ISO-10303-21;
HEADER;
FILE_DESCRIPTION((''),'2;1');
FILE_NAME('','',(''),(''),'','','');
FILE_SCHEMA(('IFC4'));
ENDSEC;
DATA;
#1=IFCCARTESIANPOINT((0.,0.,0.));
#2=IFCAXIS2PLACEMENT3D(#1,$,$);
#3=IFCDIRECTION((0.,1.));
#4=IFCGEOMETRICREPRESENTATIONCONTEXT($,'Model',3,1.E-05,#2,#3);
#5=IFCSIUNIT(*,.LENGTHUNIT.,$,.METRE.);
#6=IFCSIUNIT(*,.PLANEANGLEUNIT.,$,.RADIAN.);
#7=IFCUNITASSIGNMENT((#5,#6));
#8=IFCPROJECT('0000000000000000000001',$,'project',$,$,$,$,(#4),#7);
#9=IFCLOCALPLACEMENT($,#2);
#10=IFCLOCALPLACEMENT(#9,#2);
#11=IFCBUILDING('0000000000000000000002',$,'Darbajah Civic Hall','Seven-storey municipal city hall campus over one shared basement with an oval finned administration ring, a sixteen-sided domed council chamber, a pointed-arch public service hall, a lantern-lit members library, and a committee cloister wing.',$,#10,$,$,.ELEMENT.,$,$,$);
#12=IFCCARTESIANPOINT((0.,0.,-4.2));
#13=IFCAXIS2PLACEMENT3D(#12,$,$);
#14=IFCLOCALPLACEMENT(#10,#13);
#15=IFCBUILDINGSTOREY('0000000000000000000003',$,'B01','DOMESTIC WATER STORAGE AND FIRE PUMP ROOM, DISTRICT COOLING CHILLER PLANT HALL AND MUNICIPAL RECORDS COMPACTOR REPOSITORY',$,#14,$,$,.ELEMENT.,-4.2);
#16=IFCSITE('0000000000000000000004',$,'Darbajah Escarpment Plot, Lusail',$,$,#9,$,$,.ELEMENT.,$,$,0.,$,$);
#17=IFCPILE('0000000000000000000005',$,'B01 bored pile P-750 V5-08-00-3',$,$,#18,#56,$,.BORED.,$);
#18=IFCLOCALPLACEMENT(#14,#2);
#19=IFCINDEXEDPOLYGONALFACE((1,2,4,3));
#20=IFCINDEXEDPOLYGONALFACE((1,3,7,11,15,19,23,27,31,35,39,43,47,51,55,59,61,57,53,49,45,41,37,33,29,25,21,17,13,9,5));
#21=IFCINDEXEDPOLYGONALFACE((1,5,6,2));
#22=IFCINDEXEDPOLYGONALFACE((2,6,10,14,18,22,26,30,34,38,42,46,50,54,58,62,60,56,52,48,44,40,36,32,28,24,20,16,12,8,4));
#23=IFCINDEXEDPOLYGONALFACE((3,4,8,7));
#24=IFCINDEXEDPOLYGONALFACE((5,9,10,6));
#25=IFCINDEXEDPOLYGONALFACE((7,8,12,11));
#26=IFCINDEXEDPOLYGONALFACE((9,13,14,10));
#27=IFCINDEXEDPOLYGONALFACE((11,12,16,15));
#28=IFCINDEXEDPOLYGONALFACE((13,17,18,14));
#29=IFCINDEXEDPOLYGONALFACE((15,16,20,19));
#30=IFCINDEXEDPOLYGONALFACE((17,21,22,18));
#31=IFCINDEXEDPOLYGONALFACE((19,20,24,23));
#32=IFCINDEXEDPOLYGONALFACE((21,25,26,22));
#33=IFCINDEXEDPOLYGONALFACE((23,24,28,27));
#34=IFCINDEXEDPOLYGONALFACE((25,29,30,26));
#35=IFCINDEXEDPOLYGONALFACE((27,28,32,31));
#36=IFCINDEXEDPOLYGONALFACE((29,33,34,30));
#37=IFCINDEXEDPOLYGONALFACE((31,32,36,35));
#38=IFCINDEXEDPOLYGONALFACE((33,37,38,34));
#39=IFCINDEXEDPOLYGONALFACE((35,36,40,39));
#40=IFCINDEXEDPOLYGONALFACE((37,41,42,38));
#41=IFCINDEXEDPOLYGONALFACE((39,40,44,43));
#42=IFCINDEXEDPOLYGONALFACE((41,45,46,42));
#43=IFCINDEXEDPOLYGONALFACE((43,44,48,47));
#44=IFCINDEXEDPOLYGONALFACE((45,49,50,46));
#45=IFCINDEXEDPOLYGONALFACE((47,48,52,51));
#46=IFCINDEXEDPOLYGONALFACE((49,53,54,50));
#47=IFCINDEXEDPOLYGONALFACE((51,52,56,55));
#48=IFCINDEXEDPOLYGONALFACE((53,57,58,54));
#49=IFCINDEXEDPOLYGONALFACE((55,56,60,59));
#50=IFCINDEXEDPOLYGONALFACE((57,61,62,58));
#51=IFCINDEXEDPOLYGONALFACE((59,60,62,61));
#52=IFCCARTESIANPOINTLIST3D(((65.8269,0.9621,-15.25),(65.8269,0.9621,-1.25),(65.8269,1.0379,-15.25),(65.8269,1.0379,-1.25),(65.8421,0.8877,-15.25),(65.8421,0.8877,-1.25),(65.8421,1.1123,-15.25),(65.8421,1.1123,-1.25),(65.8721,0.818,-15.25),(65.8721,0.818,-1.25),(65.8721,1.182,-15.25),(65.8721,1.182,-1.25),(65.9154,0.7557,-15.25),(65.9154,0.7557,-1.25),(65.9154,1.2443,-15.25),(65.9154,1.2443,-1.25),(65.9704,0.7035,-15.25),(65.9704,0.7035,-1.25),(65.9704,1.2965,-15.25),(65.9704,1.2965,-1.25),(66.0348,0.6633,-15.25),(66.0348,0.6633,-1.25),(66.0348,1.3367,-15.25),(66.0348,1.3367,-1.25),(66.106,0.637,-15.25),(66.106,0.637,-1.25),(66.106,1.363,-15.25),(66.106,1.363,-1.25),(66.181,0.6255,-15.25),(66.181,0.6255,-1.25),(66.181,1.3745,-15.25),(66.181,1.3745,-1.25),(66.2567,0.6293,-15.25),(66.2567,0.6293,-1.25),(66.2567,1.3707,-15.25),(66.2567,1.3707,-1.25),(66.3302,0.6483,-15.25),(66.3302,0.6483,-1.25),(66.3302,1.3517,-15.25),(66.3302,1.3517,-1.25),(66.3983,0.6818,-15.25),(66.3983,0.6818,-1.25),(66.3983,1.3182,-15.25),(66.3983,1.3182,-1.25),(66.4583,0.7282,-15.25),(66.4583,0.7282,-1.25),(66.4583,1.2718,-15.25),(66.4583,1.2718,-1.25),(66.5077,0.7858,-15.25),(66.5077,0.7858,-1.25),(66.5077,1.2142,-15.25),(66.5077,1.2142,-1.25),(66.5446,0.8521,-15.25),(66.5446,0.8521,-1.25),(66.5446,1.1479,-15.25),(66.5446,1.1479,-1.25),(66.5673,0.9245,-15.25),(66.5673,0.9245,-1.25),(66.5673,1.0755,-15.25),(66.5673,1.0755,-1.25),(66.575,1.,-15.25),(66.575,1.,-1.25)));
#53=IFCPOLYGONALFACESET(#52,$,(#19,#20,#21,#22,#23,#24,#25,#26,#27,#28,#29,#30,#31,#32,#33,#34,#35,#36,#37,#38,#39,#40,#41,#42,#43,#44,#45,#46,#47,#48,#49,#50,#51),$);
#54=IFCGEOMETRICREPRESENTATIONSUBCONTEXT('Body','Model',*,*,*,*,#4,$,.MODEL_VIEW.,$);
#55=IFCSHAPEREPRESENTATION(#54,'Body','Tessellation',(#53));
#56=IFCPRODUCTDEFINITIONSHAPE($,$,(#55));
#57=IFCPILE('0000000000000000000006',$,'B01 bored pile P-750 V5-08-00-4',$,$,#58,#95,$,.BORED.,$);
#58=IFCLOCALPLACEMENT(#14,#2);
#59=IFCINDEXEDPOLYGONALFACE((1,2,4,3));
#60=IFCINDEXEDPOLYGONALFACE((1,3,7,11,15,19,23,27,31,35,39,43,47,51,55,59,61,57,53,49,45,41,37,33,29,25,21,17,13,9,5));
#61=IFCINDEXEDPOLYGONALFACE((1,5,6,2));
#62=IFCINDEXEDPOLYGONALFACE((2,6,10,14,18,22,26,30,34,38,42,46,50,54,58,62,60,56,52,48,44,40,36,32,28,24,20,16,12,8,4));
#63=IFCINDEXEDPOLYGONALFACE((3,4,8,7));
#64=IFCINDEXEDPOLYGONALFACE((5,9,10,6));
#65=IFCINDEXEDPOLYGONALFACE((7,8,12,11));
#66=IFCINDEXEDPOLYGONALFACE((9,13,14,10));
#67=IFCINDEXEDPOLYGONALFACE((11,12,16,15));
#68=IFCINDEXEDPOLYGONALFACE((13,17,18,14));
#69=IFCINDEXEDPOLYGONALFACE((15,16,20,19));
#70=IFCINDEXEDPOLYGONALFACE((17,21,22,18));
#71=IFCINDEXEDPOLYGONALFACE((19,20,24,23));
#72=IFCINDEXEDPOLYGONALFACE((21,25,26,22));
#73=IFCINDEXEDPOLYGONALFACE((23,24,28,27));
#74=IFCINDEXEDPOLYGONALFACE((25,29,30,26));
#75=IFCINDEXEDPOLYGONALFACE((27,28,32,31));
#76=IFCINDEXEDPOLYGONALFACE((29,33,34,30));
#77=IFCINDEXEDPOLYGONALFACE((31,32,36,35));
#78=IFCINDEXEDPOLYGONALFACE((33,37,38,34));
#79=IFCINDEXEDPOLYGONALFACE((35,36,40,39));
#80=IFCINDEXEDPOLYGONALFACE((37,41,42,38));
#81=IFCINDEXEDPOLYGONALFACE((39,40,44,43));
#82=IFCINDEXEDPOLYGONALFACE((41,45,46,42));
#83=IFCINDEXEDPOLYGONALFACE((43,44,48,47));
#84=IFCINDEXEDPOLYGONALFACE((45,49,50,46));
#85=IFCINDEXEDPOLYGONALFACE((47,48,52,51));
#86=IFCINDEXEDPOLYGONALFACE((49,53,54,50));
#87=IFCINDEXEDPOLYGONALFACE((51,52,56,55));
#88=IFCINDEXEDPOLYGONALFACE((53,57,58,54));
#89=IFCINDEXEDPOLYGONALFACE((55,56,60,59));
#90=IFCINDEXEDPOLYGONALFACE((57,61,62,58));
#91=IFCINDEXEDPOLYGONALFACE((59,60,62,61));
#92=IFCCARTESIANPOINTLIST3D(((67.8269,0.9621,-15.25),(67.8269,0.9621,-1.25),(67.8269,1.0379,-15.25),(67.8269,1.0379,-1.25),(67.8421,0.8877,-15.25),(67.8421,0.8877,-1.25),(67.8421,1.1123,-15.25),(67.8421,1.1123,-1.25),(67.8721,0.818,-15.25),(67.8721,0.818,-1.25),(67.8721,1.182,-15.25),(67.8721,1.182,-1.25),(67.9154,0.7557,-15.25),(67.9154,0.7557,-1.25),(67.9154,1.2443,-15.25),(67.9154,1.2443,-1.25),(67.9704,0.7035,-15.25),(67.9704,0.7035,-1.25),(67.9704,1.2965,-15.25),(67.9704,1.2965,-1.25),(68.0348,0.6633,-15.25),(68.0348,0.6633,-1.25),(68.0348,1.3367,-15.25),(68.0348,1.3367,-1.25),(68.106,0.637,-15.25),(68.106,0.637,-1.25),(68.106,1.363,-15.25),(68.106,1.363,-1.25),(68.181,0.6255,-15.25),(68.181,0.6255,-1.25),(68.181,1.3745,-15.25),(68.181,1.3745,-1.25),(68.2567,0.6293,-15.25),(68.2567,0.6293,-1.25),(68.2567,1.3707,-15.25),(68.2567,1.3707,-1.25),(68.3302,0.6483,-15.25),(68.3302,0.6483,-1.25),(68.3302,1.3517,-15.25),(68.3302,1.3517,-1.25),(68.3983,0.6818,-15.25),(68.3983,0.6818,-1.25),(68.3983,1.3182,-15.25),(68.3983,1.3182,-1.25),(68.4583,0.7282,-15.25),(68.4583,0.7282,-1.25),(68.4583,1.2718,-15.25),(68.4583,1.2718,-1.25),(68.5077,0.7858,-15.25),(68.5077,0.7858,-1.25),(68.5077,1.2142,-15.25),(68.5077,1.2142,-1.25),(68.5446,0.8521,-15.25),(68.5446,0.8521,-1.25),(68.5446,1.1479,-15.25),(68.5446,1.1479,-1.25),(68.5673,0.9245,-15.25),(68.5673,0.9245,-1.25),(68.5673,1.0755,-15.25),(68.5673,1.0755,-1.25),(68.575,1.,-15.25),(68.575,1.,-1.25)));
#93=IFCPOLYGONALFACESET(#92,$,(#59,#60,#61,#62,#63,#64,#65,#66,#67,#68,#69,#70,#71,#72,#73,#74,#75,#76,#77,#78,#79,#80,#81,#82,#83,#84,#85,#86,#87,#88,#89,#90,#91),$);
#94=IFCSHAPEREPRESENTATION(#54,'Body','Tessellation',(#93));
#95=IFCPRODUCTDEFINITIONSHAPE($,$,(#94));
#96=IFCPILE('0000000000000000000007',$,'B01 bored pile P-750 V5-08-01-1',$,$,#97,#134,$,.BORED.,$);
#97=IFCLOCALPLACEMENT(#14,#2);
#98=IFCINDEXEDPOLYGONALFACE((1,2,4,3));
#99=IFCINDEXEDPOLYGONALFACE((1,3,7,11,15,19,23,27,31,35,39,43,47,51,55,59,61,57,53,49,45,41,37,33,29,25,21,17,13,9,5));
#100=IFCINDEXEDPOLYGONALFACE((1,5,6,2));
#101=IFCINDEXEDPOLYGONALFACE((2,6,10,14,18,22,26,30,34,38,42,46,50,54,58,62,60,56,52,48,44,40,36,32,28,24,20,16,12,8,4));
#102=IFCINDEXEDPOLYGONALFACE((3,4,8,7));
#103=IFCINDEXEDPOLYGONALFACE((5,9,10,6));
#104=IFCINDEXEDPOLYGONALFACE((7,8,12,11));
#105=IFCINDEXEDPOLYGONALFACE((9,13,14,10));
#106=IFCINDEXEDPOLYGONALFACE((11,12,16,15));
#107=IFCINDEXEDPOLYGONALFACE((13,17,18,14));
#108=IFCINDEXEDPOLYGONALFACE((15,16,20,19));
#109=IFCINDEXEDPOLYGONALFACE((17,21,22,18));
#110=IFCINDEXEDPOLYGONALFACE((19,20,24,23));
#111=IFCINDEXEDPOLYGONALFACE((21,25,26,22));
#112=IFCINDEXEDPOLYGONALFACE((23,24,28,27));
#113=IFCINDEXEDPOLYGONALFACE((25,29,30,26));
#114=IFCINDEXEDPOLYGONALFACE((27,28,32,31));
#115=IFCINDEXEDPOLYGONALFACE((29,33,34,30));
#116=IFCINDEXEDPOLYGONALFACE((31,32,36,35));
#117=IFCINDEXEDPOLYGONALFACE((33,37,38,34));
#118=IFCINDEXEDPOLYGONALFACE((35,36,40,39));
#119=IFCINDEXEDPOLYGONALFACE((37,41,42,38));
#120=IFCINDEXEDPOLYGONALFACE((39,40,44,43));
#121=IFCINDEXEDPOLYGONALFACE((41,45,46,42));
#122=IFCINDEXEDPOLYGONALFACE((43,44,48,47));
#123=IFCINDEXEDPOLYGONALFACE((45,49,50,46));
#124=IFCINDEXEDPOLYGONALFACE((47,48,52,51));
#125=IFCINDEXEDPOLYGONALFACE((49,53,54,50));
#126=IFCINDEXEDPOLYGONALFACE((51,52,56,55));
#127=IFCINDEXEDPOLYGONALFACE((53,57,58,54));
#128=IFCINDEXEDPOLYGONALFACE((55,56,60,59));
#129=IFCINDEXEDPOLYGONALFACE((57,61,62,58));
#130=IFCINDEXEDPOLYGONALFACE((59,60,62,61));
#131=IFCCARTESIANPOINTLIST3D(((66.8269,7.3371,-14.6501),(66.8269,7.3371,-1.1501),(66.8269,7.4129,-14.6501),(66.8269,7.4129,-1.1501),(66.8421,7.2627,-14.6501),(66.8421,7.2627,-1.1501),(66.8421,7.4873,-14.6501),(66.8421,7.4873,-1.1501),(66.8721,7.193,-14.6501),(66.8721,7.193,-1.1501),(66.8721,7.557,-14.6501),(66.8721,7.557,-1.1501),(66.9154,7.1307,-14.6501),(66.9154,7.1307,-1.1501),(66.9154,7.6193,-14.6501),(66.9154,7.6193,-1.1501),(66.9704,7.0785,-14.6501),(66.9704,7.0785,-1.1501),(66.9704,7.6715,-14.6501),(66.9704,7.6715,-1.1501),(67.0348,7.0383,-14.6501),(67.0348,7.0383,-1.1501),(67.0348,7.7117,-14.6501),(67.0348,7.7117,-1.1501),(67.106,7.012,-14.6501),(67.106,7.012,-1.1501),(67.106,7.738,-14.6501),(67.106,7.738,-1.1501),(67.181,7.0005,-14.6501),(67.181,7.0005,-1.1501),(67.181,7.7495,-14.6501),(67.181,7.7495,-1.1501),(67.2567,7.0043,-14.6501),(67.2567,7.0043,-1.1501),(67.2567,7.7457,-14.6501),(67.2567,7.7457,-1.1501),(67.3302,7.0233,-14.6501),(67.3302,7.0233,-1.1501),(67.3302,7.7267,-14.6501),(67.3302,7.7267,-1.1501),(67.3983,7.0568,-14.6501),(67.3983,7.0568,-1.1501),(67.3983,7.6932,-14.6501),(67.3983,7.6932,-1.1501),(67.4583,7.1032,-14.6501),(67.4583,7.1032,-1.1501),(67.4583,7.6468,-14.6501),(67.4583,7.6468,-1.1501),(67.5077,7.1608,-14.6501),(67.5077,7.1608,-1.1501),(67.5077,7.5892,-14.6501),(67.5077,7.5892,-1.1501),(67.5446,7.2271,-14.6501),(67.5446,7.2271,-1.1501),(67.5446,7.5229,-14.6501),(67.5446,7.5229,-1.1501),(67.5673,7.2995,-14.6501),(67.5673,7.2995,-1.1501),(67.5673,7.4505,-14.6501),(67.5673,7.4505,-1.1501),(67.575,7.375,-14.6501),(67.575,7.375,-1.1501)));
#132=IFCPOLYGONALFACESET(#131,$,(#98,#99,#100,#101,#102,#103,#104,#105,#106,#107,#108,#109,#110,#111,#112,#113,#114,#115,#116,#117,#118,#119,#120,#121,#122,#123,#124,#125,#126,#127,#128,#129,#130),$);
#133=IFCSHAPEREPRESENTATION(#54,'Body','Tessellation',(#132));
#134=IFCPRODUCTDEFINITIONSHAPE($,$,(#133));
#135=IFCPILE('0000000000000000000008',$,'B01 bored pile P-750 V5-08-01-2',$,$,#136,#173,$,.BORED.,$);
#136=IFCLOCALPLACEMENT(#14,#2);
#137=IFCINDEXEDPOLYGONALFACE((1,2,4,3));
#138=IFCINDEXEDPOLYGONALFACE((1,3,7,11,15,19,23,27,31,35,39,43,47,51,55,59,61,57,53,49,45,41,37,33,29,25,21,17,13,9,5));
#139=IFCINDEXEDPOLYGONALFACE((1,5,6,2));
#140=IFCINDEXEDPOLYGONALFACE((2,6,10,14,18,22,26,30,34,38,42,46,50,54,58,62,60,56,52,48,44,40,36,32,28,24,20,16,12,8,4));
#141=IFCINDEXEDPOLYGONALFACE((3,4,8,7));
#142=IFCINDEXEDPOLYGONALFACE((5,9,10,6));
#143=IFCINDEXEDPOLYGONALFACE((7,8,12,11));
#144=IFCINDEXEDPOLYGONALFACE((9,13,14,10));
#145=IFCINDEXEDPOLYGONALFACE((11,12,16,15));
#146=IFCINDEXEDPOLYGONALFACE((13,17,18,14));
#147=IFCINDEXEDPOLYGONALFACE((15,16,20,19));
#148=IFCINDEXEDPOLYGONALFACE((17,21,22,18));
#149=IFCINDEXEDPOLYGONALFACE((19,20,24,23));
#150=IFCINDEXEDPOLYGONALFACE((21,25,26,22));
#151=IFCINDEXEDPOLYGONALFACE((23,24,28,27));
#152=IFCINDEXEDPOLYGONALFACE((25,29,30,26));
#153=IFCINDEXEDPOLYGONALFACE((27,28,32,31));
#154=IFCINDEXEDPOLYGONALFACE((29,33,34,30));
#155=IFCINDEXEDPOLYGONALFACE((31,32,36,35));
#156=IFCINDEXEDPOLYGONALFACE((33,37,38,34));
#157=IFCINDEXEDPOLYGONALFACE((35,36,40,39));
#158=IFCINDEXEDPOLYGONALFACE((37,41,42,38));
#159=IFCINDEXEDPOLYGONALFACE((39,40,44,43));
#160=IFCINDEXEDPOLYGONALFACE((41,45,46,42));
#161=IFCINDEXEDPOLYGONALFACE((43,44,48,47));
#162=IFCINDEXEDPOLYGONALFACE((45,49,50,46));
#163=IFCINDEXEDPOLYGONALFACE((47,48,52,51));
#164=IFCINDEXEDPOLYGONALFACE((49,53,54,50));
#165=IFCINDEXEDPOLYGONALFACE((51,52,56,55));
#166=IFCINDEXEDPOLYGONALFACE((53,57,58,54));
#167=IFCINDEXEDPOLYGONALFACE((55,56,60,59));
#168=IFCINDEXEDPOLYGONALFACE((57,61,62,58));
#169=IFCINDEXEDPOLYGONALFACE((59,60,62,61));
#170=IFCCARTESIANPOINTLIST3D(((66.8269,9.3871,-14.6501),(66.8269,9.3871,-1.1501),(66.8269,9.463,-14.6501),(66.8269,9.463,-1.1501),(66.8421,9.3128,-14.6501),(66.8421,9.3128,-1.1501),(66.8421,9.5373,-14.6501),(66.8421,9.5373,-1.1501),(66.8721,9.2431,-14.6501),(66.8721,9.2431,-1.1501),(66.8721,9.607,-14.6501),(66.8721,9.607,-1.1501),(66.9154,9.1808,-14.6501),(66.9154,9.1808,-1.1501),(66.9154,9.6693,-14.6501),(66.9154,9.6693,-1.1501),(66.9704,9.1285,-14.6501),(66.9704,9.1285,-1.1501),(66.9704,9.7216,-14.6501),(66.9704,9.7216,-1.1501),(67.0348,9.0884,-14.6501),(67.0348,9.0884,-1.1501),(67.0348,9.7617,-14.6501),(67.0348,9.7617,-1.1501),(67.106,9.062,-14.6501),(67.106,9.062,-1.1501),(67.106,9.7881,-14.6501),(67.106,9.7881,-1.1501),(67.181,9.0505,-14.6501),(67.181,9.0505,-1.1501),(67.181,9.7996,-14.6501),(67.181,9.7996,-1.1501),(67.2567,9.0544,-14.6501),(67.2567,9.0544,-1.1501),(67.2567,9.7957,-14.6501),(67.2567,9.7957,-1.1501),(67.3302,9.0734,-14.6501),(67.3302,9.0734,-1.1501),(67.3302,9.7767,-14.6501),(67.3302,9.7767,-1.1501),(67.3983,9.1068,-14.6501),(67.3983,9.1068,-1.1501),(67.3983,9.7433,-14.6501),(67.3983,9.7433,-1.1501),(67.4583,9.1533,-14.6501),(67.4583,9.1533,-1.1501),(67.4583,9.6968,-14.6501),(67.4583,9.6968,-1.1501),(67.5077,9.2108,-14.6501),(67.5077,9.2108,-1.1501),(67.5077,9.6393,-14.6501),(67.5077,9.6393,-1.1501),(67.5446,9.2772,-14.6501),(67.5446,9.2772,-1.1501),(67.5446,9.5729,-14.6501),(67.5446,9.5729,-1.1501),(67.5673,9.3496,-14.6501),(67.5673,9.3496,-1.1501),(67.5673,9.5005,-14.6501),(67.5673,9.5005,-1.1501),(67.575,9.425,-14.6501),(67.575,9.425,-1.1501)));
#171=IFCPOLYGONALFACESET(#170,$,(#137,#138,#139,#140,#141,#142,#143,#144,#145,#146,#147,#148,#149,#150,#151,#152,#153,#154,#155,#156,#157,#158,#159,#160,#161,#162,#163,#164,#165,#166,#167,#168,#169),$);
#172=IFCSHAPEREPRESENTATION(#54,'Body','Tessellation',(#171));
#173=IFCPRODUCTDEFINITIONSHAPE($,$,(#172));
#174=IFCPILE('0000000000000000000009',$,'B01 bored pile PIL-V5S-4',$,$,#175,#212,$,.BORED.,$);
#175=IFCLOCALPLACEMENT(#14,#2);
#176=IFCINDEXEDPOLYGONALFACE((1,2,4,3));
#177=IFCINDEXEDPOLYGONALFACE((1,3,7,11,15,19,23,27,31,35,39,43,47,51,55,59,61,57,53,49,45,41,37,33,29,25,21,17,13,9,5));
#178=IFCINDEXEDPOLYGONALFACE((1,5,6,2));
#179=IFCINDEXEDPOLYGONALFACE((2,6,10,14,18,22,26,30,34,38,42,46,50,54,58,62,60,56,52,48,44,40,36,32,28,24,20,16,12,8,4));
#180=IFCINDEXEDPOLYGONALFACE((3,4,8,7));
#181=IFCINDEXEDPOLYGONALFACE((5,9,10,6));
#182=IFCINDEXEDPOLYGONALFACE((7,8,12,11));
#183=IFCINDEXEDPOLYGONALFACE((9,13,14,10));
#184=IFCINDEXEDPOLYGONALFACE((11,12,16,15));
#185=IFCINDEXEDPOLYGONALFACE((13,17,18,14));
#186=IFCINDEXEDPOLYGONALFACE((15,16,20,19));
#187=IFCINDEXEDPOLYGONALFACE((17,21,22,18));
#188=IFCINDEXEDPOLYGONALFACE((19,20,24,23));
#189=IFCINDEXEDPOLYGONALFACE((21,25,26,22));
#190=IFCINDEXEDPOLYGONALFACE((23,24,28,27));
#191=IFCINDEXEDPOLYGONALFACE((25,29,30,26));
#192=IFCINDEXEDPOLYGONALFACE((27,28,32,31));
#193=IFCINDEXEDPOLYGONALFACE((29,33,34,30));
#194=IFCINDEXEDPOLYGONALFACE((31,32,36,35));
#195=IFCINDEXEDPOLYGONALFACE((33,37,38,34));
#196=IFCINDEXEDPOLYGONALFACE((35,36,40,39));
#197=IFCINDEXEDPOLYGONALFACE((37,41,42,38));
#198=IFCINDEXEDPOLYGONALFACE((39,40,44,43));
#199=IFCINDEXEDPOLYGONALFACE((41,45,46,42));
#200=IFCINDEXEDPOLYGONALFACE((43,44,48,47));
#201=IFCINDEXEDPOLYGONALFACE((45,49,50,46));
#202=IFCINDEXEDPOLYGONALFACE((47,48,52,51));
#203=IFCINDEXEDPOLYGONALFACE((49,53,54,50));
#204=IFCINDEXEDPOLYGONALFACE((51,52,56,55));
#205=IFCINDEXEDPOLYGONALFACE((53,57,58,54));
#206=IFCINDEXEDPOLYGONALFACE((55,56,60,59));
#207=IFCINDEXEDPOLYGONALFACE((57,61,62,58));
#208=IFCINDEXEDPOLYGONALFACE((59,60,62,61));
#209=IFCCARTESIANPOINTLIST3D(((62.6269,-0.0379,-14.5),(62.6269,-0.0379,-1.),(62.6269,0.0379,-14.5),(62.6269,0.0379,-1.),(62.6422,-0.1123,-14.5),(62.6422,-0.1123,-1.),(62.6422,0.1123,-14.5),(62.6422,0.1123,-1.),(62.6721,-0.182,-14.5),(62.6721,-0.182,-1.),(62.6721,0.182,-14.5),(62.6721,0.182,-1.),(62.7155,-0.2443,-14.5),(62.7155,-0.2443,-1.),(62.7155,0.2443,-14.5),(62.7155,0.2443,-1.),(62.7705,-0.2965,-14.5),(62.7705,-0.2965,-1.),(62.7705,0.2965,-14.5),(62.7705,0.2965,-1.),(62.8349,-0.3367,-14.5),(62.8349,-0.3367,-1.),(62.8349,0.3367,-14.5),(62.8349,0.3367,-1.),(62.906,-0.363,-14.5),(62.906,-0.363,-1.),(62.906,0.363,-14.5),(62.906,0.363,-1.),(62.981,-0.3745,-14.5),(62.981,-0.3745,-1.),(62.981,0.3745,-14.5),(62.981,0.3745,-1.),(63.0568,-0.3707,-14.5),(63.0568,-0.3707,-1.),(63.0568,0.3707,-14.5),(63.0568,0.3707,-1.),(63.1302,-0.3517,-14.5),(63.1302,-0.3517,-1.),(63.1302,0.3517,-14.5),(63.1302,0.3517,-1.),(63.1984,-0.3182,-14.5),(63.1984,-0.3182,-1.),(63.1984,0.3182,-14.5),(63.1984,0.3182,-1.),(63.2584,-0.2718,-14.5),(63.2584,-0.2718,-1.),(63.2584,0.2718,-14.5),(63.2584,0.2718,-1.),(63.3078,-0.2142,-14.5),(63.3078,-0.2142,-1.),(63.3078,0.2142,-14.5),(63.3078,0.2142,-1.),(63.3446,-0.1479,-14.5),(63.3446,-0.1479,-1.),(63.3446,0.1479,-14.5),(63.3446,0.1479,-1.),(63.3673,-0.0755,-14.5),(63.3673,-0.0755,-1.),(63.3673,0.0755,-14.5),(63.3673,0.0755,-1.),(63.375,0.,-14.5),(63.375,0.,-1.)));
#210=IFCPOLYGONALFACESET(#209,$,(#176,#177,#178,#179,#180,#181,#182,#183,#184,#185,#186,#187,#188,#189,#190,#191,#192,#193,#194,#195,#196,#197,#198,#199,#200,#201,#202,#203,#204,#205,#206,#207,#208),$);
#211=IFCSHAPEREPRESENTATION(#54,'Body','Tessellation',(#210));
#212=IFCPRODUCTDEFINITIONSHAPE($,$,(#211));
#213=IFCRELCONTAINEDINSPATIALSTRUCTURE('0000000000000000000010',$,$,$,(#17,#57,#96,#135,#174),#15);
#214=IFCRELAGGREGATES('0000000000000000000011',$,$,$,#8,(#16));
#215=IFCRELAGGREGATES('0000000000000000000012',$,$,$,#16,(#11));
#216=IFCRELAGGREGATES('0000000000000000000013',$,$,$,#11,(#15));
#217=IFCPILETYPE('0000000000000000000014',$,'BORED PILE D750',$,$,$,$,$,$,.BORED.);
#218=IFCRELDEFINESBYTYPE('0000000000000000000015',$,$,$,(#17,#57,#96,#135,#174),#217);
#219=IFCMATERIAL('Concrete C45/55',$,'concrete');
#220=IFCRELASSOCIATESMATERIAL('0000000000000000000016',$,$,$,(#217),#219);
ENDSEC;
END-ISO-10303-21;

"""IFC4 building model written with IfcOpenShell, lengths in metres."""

from ifc_helpers import new_model, si_unit, direction, frame, origin, origin_2d, place, context, subcontext, project, spatial, circle, extrude, material, material_profile, profile_set, type_object, element, save


model = new_model("IFC4")

# Units and contexts
model_context = context("Model", 3, precision=1e-05, world=origin(), true_north=direction((0.0, 1.0)))
body_context = subcontext(model_context, "Body", "Model", "MODEL_VIEW")
ifc_project = project(units=[si_unit("LENGTHUNIT", "METRE"), si_unit("PLANEANGLEUNIT", "RADIAN")], contexts=[model_context])

# Site, building, storey
site_placement = place(None, origin())
site = spatial("IfcSite", under=ifc_project, at=site_placement, Name="Darbajah Escarpment Plot, Lusail", CompositionType="ELEMENT", RefElevation=0.0)
building_placement = place(site_placement, origin())
building = spatial("IfcBuilding", under=site, at=building_placement, Name="Darbajah Civic Hall", Description="Seven-storey municipal city hall campus over one shared basement with an oval finned administration ring, a sixteen-sided domed council chamber, a pointed-arch public service hall, a lantern-lit members library, and a committee cloister wing.", CompositionType="ELEMENT")
storey_placement = place(building_placement, frame((0.0, 0.0, -4.2)))
storey = spatial("IfcBuildingStorey", under=building, at=storey_placement, Name="B01", Description="DOMESTIC WATER STORAGE AND FIRE PUMP ROOM, DISTRICT COOLING CHILLER PLANT HALL AND MUNICIPAL RECORDS COMPACTOR REPOSITORY", CompositionType="ELEMENT", Elevation=-4.2)

# Piles
ifc_material_1 = material(Name="Concrete C45/55", Category="concrete")
ifc_material_profile_1 = material_profile(ifc_material_1, circle(Radius=0.375, at=origin_2d()), Name="BORED PILE D750")
ifc_profile_set_1 = profile_set([ifc_material_profile_1], Name="Concrete C45/55")
pile_type_1 = type_object("IfcPileType", Name="BORED PILE D750", PredefinedType="BORED", material=ifc_profile_set_1)
for number, where, z_axis, x_axis, name in (
    (1, (66.2, 1.0, -1.25), (0.0, 0.0, -1.0), (1.0, 0.0, 0.0), "B01 bored pile P-750 V5-08-00-3"),
    (2, (68.2, 1.0, -1.25), (0.0, 0.0, -1.0), (1.0, 0.0, 0.0), "B01 bored pile P-750 V5-08-00-4"),
):
    element("IfcPile", number, at=place(storey_placement, frame(where, z_axis=z_axis, x_axis=x_axis)), inside=storey, type_object=pile_type_1, Name=name, PredefinedType="BORED", context=body_context, shape_type="SweptSolid", body=[
        extrude(circle(Radius=0.375, at=origin_2d()), origin(), (0.0, 0.0, 1.0), 14.0),
    ])
for number, where, z_axis, x_axis, name in (
    (3, (67.2, 7.375, -1.1501), (0.0, 0.0, -1.0), (1.0, 0.0, 0.0), "B01 bored pile P-750 V5-08-01-1"),
    (4, (67.2, 9.425, -1.1501), (0.0, 0.0, -1.0), (1.0, 0.0, 0.0), "B01 bored pile P-750 V5-08-01-2"),
    (5, (63.0, 0.0, -1.0), (0.0, 0.0, -1.0), (1.0, 0.0, 0.0), "B01 bored pile PIL-V5S-4"),
):
    element("IfcPile", number, at=place(storey_placement, frame(where, z_axis=z_axis, x_axis=x_axis)), inside=storey, type_object=pile_type_1, Name=name, PredefinedType="BORED", context=body_context, shape_type="SweptSolid", body=[
        extrude(circle(Radius=0.375, at=origin_2d()), origin(), (0.0, 0.0, 1.0), 13.5),
    ])

save(model, "model.ifc")
